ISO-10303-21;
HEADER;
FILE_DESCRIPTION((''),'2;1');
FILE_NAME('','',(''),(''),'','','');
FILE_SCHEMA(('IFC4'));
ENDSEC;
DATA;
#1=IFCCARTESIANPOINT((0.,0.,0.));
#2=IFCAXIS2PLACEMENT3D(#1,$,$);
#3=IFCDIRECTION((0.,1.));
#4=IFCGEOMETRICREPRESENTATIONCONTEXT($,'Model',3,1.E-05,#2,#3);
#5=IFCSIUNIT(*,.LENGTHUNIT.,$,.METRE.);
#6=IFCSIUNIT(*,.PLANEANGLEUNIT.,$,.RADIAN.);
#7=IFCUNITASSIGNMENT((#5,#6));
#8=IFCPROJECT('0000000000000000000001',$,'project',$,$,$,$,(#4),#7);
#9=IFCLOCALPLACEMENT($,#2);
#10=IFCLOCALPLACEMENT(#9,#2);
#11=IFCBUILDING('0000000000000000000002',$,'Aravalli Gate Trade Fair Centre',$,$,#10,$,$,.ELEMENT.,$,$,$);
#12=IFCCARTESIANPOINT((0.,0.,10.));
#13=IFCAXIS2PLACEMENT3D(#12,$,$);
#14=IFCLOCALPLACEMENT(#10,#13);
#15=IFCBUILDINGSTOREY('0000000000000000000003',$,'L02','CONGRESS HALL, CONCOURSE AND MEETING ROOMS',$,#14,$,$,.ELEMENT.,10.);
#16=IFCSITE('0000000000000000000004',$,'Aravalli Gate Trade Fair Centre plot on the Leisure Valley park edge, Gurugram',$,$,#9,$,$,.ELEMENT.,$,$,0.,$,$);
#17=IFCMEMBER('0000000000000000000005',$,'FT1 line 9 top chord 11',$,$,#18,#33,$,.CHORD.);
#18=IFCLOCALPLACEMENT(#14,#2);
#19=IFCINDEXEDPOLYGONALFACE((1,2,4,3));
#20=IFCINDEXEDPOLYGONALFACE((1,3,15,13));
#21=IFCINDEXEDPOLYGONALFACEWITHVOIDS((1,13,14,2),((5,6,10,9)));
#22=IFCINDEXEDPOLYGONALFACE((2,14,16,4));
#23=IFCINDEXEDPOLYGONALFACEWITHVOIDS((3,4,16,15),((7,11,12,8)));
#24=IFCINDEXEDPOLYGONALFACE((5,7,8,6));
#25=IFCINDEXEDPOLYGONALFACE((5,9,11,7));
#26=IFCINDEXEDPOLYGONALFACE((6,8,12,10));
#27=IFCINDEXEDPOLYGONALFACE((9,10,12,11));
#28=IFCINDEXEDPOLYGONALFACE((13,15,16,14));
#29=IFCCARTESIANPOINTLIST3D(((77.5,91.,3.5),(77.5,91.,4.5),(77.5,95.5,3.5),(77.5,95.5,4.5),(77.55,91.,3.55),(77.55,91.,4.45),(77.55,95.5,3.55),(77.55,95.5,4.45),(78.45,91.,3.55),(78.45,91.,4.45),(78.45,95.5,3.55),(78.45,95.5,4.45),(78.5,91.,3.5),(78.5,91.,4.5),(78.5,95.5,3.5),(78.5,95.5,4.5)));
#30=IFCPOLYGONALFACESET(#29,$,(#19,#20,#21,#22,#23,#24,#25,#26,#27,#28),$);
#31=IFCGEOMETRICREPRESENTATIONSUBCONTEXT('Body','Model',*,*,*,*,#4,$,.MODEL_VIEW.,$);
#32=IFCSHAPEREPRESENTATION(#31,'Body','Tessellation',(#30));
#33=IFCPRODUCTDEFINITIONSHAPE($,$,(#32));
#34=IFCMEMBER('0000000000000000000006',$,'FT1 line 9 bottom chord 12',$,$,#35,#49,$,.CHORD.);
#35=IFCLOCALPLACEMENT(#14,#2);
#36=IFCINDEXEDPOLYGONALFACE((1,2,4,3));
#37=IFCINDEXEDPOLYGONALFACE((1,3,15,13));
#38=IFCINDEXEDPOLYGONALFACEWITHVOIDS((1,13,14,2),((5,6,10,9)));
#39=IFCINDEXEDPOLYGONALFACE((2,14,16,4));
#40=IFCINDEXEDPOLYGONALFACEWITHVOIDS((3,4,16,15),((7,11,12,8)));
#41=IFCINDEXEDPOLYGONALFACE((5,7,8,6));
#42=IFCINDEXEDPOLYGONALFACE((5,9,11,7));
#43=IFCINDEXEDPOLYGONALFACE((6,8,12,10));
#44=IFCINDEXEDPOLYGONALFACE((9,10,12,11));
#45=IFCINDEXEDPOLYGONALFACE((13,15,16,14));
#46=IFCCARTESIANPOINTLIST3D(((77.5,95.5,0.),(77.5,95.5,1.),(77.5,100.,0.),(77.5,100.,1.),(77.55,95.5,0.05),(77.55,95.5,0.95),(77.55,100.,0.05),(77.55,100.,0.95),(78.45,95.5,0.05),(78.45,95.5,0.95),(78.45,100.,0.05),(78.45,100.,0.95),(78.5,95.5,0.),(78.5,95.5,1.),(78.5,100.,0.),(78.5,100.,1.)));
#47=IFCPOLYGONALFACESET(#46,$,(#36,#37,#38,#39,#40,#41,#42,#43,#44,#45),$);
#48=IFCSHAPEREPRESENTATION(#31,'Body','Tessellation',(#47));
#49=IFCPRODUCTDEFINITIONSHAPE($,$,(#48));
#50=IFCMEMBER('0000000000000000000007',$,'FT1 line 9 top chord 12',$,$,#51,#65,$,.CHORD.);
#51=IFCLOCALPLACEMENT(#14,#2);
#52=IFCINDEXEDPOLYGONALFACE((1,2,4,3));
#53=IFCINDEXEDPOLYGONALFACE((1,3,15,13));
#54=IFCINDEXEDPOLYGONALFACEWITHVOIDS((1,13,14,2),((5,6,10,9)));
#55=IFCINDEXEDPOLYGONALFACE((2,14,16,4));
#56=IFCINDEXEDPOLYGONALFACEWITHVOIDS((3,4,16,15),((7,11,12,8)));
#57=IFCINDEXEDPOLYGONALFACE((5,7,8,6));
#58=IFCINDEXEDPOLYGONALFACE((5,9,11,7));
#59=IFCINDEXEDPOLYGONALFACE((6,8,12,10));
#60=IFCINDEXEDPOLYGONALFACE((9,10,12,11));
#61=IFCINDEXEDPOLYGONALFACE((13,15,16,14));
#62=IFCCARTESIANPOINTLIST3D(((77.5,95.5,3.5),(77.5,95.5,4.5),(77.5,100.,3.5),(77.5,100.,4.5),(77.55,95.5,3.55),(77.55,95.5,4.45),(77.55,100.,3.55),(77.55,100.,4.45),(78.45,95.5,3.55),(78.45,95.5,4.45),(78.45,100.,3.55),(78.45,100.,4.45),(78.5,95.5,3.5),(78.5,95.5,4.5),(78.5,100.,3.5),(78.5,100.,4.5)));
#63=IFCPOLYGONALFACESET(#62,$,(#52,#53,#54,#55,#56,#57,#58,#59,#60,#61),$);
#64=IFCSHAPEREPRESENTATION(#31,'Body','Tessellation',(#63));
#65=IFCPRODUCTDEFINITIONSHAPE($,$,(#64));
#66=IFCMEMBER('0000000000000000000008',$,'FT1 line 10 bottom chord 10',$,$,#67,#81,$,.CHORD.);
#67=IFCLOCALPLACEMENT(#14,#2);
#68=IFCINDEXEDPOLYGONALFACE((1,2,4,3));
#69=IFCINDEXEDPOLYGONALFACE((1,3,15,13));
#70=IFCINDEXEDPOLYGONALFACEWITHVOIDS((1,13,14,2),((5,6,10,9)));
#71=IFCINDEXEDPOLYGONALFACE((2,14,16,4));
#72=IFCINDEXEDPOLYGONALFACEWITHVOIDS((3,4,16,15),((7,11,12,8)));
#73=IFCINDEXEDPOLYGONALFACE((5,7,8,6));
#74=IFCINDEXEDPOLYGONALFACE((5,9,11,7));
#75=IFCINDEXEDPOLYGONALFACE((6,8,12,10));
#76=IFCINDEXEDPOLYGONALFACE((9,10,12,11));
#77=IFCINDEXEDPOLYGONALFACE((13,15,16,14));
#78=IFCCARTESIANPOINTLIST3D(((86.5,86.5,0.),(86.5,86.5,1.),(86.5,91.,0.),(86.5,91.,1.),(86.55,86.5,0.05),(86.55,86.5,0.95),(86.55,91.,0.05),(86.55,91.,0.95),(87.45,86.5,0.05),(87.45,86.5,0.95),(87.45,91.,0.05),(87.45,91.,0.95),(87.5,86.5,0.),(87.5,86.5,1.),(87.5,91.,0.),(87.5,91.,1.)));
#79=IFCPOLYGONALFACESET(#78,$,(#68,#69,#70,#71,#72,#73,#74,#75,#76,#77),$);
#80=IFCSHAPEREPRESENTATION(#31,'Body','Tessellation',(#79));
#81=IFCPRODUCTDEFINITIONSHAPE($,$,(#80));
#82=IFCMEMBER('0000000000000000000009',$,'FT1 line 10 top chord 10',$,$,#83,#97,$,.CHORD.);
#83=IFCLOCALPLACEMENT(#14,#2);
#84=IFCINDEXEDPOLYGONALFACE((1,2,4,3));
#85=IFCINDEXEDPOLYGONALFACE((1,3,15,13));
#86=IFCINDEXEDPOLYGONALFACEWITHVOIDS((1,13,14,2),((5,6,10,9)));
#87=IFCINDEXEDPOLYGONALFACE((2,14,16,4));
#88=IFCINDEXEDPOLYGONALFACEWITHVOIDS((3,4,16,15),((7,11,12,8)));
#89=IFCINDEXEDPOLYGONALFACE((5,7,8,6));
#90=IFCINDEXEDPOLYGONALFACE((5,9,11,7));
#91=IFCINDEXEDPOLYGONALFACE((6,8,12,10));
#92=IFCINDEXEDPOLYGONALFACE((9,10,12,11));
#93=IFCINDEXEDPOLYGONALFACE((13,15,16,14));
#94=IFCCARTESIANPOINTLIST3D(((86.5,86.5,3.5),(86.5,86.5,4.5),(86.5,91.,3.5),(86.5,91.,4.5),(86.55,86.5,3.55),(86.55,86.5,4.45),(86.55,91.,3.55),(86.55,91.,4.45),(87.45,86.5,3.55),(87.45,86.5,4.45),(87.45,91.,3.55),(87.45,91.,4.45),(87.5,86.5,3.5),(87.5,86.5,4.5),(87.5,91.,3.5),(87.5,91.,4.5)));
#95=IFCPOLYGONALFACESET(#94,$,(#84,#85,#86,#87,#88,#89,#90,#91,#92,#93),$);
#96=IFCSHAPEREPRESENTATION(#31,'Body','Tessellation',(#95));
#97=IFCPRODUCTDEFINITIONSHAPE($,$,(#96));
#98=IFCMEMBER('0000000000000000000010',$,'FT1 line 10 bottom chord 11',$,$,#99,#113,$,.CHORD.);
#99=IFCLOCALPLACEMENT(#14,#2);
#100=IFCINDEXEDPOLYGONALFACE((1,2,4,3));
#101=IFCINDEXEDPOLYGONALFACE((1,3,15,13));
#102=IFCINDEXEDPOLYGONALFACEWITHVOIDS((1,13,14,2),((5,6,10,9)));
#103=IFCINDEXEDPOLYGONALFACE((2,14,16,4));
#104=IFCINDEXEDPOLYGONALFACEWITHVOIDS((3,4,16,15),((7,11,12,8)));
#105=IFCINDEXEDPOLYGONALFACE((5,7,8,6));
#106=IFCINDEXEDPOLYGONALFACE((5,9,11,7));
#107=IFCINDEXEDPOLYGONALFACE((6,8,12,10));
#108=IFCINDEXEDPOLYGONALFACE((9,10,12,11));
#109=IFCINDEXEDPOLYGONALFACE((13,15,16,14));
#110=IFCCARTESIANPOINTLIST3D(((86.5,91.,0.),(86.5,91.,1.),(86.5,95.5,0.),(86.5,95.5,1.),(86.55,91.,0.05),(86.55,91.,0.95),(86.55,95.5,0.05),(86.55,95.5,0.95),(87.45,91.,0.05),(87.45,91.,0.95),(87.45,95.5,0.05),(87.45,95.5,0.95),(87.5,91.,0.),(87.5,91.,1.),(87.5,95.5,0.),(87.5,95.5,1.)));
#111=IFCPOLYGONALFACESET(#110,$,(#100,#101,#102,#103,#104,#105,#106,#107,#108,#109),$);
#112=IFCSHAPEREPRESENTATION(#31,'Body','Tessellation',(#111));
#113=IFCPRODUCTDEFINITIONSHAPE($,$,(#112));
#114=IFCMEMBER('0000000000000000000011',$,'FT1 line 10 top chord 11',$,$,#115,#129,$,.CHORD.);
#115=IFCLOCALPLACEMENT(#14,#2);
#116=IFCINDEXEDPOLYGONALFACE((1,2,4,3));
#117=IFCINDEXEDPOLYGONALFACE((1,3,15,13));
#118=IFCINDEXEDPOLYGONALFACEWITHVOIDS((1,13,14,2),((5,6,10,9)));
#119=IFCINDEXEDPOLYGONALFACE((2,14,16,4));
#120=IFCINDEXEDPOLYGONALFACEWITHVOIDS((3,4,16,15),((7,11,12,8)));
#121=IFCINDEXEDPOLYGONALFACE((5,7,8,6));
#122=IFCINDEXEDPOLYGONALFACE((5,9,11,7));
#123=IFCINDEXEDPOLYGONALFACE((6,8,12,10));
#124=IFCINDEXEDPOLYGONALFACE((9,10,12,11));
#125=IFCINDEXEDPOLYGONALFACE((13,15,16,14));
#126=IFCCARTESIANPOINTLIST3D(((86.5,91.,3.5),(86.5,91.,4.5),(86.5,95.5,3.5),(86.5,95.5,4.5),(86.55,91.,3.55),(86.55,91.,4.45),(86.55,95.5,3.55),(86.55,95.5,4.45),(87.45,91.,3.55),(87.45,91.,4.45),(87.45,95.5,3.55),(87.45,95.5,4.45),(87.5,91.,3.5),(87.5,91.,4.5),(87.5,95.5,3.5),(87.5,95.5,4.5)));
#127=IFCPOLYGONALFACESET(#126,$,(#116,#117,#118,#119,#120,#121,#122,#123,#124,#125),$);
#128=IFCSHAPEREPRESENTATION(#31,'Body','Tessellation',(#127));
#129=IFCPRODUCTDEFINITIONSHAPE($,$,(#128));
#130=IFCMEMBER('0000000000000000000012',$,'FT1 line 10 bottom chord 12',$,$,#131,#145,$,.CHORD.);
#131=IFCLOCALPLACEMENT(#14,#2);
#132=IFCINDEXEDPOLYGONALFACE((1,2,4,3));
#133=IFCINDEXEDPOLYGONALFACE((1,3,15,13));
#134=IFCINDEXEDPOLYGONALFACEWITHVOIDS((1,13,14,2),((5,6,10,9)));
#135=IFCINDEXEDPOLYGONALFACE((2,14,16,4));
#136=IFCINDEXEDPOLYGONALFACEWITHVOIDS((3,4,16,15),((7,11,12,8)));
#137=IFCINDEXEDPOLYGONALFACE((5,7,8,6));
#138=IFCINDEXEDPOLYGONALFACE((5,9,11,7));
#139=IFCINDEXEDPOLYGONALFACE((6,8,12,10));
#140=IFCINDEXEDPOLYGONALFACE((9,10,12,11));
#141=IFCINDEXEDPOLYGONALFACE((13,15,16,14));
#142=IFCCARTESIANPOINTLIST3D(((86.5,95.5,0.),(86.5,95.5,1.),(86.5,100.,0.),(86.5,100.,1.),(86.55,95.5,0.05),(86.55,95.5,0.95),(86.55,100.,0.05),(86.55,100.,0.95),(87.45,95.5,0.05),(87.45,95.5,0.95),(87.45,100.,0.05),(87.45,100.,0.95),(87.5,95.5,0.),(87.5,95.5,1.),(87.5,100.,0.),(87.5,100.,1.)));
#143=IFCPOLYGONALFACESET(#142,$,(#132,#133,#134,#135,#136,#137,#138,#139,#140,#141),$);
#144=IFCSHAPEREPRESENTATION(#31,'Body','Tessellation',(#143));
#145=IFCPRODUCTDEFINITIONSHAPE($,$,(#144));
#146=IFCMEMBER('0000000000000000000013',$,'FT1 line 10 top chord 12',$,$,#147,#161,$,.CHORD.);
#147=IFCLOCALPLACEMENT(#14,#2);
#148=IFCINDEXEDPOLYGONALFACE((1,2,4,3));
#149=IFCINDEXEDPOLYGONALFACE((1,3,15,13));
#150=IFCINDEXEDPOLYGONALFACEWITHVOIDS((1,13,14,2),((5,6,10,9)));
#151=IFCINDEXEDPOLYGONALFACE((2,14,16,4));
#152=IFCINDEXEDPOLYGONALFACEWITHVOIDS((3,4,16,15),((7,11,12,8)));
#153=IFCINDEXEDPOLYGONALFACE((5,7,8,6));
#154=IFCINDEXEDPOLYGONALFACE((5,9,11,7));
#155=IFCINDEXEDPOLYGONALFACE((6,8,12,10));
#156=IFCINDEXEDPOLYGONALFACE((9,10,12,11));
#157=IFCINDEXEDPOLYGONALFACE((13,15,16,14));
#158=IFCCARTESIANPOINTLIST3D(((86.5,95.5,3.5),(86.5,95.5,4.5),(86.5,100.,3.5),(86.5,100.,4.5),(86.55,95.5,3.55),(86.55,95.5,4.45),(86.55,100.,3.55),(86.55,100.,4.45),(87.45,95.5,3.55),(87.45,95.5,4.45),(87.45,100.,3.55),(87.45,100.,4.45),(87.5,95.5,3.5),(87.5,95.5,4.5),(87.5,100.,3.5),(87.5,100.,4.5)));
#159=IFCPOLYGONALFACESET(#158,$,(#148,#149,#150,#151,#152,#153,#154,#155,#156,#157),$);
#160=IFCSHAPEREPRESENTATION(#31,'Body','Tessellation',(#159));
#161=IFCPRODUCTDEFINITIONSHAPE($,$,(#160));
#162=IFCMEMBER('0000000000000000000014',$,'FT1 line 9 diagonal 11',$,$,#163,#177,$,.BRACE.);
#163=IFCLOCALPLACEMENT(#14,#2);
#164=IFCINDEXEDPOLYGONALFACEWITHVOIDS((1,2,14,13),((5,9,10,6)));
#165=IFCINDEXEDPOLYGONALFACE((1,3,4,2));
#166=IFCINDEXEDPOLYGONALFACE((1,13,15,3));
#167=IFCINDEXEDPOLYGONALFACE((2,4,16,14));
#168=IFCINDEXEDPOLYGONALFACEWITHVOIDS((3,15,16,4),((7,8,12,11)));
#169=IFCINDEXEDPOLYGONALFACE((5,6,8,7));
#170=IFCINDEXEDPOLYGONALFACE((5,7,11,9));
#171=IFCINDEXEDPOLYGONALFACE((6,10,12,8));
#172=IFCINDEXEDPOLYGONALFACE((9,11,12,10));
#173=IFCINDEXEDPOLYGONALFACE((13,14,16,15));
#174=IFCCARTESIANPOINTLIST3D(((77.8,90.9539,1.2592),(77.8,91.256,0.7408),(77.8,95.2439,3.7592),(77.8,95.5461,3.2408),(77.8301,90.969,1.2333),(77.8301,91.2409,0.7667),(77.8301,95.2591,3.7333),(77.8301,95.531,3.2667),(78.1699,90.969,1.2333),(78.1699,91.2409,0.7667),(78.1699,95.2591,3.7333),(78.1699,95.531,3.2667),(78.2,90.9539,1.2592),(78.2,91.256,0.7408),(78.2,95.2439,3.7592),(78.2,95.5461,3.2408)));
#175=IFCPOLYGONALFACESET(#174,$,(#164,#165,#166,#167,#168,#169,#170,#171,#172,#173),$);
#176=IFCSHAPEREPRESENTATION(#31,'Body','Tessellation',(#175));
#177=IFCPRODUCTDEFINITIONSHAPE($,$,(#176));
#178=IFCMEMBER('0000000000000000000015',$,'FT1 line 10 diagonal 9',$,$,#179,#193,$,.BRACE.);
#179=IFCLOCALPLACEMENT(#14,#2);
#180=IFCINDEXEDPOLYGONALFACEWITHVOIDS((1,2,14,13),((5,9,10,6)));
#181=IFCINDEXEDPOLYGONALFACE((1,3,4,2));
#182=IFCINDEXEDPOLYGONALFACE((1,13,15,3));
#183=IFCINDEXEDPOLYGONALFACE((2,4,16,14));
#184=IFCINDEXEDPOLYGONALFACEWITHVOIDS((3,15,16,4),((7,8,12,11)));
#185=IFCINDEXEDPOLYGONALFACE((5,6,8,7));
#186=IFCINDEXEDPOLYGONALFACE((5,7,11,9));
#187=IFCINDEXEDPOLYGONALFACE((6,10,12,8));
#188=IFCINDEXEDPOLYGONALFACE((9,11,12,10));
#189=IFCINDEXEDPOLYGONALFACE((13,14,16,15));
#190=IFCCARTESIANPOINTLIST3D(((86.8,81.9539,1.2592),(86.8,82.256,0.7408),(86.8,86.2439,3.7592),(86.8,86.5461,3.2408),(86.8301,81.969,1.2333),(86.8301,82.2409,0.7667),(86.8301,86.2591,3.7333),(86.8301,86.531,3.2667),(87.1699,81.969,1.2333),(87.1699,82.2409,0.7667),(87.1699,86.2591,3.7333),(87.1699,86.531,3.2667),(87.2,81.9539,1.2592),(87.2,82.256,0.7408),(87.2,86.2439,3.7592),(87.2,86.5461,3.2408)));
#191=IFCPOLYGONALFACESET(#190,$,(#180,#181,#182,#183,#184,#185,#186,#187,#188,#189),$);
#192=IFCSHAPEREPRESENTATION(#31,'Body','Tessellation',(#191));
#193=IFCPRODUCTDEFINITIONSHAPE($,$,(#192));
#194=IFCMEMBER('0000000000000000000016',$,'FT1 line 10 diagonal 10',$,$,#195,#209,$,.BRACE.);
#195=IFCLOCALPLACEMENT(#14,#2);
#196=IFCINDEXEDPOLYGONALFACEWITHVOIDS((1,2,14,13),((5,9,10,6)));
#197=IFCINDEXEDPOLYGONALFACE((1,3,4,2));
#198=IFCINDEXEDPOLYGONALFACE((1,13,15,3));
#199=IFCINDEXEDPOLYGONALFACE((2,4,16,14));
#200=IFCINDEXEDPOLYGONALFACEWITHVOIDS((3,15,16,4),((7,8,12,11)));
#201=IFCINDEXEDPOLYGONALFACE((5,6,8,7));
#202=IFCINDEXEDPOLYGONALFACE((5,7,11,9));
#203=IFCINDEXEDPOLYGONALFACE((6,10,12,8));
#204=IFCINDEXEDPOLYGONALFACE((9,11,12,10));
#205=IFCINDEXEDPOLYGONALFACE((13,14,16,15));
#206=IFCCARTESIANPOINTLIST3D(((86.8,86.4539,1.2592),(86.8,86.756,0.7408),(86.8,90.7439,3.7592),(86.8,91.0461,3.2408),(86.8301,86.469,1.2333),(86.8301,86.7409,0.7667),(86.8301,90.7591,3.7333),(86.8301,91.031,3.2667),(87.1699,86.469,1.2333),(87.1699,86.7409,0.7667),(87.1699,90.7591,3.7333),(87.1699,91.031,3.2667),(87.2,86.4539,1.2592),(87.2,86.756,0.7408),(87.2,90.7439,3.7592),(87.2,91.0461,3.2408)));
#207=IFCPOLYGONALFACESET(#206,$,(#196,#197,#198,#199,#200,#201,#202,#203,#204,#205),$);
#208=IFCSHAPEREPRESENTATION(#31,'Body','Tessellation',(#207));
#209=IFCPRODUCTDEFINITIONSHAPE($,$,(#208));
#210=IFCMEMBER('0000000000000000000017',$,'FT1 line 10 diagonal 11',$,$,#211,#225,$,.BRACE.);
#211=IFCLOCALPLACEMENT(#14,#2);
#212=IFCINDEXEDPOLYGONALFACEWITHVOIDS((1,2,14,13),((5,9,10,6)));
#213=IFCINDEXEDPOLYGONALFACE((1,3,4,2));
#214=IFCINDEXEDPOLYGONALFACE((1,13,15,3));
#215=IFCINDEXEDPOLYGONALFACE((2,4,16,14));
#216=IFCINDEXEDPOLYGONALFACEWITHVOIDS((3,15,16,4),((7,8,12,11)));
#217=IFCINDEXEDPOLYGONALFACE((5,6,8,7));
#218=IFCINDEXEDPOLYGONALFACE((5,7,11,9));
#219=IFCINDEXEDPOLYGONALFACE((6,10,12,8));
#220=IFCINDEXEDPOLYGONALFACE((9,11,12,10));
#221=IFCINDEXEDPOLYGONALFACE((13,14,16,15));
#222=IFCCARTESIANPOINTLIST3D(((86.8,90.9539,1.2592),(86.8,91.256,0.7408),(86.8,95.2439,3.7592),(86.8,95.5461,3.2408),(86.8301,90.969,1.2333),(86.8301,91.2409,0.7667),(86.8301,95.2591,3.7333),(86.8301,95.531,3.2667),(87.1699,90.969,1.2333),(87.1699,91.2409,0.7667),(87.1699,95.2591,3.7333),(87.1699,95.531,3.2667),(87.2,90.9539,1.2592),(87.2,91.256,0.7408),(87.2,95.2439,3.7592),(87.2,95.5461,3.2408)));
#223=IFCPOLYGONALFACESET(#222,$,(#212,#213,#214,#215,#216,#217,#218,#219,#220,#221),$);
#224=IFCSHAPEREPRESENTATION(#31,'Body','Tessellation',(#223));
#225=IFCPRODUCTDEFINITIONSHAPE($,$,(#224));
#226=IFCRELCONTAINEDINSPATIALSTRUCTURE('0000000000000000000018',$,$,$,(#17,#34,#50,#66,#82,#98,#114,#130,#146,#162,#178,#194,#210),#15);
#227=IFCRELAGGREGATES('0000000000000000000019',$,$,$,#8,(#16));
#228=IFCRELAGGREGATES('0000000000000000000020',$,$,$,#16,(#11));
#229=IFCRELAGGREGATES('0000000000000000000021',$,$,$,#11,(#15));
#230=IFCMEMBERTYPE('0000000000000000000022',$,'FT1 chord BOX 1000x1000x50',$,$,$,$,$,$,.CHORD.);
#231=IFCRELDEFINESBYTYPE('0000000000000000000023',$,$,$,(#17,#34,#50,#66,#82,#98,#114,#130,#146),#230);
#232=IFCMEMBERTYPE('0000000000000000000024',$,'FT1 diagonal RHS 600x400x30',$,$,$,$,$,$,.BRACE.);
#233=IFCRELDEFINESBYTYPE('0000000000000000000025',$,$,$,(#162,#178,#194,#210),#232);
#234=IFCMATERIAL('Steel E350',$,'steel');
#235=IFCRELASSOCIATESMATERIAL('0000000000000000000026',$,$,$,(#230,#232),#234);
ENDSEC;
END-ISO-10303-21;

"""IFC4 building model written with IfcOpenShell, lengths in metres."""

from ifc_helpers import new_model, si_unit, direction, frame, origin, origin_2d, place, context, subcontext, project, spatial, hollow_rectangle, extrude, material, material_profile, profile_set, type_object, element, save


model = new_model("IFC4")

# Units and contexts
model_context = context("Model", 3, precision=1e-05, world=origin(), true_north=direction((0.0, 1.0)))
body_context = subcontext(model_context, "Body", "Model", "MODEL_VIEW")
ifc_project = project(units=[si_unit("LENGTHUNIT", "METRE"), si_unit("PLANEANGLEUNIT", "RADIAN")], contexts=[model_context])

# Site, building, storey
site_placement = place(None, origin())
site = spatial("IfcSite", under=ifc_project, at=site_placement, Name="Aravalli Gate Trade Fair Centre plot on the Leisure Valley park edge, Gurugram", CompositionType="ELEMENT", RefElevation=0.0)
building_placement = place(site_placement, origin())
building = spatial("IfcBuilding", under=site, at=building_placement, Name="Aravalli Gate Trade Fair Centre", CompositionType="ELEMENT")
storey_placement = place(building_placement, frame((0.0, 0.0, 10.0)))
storey = spatial("IfcBuildingStorey", under=building, at=storey_placement, Name="L02", Description="CONGRESS HALL, CONCOURSE AND MEETING ROOMS", CompositionType="ELEMENT", Elevation=10.0)

# Members
ifc_material = material(Name="Steel E350", Category="steel")
ifc_material_profile_1 = material_profile(ifc_material, hollow_rectangle(XDim=1.0, YDim=1.0, WallThickness=0.05, at=origin_2d()), Name="BOX 1000x1000x50")
ifc_profile_set_1 = profile_set([ifc_material_profile_1], Name="Steel E350")
member_type_1 = type_object("IfcMemberType", Name="FT1 chord BOX 1000x1000x50", PredefinedType="CHORD", material=ifc_profile_set_1)
for number, where, z_axis, x_axis, name in (
    (1, (78.0, 91.0, 4.0), (0.0, 1.0, 0.0), (-1.0, 0.0, 0.0), "FT1 line 9 top chord 11"),
    (2, (78.0, 95.5, 0.5), (0.0, 1.0, 0.0), (-1.0, 0.0, 0.0), "FT1 line 9 bottom chord 12"),
    (3, (78.0, 95.5, 4.0), (0.0, 1.0, 0.0), (-1.0, 0.0, 0.0), "FT1 line 9 top chord 12"),
    (4, (87.0, 86.5, 0.5), (0.0, 1.0, 0.0), (-1.0, 0.0, 0.0), "FT1 line 10 bottom chord 10"),
    (5, (87.0, 86.5, 4.0), (0.0, 1.0, 0.0), (-1.0, 0.0, 0.0), "FT1 line 10 top chord 10"),
    (6, (87.0, 91.0, 0.5), (0.0, 1.0, 0.0), (-1.0, 0.0, 0.0), "FT1 line 10 bottom chord 11"),
    (7, (87.0, 91.0, 4.0), (0.0, 1.0, 0.0), (-1.0, 0.0, 0.0), "FT1 line 10 top chord 11"),
    (8, (87.0, 95.5, 0.5), (0.0, 1.0, 0.0), (-1.0, 0.0, 0.0), "FT1 line 10 bottom chord 12"),
    (9, (87.0, 95.5, 4.0), (0.0, 1.0, 0.0), (-1.0, 0.0, 0.0), "FT1 line 10 top chord 12"),
):
    element("IfcMember", number, at=place(storey_placement, frame(where, z_axis=z_axis, x_axis=x_axis)), inside=storey, type_object=member_type_1, Name=name, PredefinedType="CHORD", context=body_context, shape_type="SweptSolid", body=[
        extrude(hollow_rectangle(XDim=1.0, YDim=1.0, WallThickness=0.05, at=origin_2d()), origin(), (0.0, 0.0, 1.0), 4.5),
    ])
ifc_material_profile_2 = material_profile(ifc_material, hollow_rectangle(XDim=0.3999, YDim=0.6001, WallThickness=0.03, at=origin_2d()), Name="RHS 600x400x30")
ifc_profile_set_2 = profile_set([ifc_material_profile_2], Name="Steel E350")
member_type_2 = type_object("IfcMemberType", Name="FT1 diagonal RHS 600x400x30", PredefinedType="BRACE", material=ifc_profile_set_2)
for number, where, z_axis, x_axis, name in (
    (10, (78.0, 95.395, 3.5), (0.0, -0.864, -0.503492), (1.0, 0.0, 0.0), "FT1 line 9 diagonal 11"),
    (11, (87.0, 86.395, 3.5), (0.0, -0.864, -0.503492), (1.0, 0.0, 0.0), "FT1 line 10 diagonal 9"),
    (12, (87.0, 90.895, 3.5), (0.0, -0.864, -0.503492), (1.0, 0.0, 0.0), "FT1 line 10 diagonal 10"),
    (13, (87.0, 95.395, 3.5), (0.0, -0.864, -0.503492), (1.0, 0.0, 0.0), "FT1 line 10 diagonal 11"),
):
    element("IfcMember", number, at=place(storey_placement, frame(where, z_axis=z_axis, x_axis=x_axis)), inside=storey, type_object=member_type_2, Name=name, PredefinedType="BRACE", context=body_context, shape_type="SweptSolid", body=[
        extrude(hollow_rectangle(XDim=0.3999, YDim=0.6001, WallThickness=0.03, at=origin_2d()), origin(), (0.0, 0.0, 1.0), 4.9653),
    ])

save(model, "model.ifc")
